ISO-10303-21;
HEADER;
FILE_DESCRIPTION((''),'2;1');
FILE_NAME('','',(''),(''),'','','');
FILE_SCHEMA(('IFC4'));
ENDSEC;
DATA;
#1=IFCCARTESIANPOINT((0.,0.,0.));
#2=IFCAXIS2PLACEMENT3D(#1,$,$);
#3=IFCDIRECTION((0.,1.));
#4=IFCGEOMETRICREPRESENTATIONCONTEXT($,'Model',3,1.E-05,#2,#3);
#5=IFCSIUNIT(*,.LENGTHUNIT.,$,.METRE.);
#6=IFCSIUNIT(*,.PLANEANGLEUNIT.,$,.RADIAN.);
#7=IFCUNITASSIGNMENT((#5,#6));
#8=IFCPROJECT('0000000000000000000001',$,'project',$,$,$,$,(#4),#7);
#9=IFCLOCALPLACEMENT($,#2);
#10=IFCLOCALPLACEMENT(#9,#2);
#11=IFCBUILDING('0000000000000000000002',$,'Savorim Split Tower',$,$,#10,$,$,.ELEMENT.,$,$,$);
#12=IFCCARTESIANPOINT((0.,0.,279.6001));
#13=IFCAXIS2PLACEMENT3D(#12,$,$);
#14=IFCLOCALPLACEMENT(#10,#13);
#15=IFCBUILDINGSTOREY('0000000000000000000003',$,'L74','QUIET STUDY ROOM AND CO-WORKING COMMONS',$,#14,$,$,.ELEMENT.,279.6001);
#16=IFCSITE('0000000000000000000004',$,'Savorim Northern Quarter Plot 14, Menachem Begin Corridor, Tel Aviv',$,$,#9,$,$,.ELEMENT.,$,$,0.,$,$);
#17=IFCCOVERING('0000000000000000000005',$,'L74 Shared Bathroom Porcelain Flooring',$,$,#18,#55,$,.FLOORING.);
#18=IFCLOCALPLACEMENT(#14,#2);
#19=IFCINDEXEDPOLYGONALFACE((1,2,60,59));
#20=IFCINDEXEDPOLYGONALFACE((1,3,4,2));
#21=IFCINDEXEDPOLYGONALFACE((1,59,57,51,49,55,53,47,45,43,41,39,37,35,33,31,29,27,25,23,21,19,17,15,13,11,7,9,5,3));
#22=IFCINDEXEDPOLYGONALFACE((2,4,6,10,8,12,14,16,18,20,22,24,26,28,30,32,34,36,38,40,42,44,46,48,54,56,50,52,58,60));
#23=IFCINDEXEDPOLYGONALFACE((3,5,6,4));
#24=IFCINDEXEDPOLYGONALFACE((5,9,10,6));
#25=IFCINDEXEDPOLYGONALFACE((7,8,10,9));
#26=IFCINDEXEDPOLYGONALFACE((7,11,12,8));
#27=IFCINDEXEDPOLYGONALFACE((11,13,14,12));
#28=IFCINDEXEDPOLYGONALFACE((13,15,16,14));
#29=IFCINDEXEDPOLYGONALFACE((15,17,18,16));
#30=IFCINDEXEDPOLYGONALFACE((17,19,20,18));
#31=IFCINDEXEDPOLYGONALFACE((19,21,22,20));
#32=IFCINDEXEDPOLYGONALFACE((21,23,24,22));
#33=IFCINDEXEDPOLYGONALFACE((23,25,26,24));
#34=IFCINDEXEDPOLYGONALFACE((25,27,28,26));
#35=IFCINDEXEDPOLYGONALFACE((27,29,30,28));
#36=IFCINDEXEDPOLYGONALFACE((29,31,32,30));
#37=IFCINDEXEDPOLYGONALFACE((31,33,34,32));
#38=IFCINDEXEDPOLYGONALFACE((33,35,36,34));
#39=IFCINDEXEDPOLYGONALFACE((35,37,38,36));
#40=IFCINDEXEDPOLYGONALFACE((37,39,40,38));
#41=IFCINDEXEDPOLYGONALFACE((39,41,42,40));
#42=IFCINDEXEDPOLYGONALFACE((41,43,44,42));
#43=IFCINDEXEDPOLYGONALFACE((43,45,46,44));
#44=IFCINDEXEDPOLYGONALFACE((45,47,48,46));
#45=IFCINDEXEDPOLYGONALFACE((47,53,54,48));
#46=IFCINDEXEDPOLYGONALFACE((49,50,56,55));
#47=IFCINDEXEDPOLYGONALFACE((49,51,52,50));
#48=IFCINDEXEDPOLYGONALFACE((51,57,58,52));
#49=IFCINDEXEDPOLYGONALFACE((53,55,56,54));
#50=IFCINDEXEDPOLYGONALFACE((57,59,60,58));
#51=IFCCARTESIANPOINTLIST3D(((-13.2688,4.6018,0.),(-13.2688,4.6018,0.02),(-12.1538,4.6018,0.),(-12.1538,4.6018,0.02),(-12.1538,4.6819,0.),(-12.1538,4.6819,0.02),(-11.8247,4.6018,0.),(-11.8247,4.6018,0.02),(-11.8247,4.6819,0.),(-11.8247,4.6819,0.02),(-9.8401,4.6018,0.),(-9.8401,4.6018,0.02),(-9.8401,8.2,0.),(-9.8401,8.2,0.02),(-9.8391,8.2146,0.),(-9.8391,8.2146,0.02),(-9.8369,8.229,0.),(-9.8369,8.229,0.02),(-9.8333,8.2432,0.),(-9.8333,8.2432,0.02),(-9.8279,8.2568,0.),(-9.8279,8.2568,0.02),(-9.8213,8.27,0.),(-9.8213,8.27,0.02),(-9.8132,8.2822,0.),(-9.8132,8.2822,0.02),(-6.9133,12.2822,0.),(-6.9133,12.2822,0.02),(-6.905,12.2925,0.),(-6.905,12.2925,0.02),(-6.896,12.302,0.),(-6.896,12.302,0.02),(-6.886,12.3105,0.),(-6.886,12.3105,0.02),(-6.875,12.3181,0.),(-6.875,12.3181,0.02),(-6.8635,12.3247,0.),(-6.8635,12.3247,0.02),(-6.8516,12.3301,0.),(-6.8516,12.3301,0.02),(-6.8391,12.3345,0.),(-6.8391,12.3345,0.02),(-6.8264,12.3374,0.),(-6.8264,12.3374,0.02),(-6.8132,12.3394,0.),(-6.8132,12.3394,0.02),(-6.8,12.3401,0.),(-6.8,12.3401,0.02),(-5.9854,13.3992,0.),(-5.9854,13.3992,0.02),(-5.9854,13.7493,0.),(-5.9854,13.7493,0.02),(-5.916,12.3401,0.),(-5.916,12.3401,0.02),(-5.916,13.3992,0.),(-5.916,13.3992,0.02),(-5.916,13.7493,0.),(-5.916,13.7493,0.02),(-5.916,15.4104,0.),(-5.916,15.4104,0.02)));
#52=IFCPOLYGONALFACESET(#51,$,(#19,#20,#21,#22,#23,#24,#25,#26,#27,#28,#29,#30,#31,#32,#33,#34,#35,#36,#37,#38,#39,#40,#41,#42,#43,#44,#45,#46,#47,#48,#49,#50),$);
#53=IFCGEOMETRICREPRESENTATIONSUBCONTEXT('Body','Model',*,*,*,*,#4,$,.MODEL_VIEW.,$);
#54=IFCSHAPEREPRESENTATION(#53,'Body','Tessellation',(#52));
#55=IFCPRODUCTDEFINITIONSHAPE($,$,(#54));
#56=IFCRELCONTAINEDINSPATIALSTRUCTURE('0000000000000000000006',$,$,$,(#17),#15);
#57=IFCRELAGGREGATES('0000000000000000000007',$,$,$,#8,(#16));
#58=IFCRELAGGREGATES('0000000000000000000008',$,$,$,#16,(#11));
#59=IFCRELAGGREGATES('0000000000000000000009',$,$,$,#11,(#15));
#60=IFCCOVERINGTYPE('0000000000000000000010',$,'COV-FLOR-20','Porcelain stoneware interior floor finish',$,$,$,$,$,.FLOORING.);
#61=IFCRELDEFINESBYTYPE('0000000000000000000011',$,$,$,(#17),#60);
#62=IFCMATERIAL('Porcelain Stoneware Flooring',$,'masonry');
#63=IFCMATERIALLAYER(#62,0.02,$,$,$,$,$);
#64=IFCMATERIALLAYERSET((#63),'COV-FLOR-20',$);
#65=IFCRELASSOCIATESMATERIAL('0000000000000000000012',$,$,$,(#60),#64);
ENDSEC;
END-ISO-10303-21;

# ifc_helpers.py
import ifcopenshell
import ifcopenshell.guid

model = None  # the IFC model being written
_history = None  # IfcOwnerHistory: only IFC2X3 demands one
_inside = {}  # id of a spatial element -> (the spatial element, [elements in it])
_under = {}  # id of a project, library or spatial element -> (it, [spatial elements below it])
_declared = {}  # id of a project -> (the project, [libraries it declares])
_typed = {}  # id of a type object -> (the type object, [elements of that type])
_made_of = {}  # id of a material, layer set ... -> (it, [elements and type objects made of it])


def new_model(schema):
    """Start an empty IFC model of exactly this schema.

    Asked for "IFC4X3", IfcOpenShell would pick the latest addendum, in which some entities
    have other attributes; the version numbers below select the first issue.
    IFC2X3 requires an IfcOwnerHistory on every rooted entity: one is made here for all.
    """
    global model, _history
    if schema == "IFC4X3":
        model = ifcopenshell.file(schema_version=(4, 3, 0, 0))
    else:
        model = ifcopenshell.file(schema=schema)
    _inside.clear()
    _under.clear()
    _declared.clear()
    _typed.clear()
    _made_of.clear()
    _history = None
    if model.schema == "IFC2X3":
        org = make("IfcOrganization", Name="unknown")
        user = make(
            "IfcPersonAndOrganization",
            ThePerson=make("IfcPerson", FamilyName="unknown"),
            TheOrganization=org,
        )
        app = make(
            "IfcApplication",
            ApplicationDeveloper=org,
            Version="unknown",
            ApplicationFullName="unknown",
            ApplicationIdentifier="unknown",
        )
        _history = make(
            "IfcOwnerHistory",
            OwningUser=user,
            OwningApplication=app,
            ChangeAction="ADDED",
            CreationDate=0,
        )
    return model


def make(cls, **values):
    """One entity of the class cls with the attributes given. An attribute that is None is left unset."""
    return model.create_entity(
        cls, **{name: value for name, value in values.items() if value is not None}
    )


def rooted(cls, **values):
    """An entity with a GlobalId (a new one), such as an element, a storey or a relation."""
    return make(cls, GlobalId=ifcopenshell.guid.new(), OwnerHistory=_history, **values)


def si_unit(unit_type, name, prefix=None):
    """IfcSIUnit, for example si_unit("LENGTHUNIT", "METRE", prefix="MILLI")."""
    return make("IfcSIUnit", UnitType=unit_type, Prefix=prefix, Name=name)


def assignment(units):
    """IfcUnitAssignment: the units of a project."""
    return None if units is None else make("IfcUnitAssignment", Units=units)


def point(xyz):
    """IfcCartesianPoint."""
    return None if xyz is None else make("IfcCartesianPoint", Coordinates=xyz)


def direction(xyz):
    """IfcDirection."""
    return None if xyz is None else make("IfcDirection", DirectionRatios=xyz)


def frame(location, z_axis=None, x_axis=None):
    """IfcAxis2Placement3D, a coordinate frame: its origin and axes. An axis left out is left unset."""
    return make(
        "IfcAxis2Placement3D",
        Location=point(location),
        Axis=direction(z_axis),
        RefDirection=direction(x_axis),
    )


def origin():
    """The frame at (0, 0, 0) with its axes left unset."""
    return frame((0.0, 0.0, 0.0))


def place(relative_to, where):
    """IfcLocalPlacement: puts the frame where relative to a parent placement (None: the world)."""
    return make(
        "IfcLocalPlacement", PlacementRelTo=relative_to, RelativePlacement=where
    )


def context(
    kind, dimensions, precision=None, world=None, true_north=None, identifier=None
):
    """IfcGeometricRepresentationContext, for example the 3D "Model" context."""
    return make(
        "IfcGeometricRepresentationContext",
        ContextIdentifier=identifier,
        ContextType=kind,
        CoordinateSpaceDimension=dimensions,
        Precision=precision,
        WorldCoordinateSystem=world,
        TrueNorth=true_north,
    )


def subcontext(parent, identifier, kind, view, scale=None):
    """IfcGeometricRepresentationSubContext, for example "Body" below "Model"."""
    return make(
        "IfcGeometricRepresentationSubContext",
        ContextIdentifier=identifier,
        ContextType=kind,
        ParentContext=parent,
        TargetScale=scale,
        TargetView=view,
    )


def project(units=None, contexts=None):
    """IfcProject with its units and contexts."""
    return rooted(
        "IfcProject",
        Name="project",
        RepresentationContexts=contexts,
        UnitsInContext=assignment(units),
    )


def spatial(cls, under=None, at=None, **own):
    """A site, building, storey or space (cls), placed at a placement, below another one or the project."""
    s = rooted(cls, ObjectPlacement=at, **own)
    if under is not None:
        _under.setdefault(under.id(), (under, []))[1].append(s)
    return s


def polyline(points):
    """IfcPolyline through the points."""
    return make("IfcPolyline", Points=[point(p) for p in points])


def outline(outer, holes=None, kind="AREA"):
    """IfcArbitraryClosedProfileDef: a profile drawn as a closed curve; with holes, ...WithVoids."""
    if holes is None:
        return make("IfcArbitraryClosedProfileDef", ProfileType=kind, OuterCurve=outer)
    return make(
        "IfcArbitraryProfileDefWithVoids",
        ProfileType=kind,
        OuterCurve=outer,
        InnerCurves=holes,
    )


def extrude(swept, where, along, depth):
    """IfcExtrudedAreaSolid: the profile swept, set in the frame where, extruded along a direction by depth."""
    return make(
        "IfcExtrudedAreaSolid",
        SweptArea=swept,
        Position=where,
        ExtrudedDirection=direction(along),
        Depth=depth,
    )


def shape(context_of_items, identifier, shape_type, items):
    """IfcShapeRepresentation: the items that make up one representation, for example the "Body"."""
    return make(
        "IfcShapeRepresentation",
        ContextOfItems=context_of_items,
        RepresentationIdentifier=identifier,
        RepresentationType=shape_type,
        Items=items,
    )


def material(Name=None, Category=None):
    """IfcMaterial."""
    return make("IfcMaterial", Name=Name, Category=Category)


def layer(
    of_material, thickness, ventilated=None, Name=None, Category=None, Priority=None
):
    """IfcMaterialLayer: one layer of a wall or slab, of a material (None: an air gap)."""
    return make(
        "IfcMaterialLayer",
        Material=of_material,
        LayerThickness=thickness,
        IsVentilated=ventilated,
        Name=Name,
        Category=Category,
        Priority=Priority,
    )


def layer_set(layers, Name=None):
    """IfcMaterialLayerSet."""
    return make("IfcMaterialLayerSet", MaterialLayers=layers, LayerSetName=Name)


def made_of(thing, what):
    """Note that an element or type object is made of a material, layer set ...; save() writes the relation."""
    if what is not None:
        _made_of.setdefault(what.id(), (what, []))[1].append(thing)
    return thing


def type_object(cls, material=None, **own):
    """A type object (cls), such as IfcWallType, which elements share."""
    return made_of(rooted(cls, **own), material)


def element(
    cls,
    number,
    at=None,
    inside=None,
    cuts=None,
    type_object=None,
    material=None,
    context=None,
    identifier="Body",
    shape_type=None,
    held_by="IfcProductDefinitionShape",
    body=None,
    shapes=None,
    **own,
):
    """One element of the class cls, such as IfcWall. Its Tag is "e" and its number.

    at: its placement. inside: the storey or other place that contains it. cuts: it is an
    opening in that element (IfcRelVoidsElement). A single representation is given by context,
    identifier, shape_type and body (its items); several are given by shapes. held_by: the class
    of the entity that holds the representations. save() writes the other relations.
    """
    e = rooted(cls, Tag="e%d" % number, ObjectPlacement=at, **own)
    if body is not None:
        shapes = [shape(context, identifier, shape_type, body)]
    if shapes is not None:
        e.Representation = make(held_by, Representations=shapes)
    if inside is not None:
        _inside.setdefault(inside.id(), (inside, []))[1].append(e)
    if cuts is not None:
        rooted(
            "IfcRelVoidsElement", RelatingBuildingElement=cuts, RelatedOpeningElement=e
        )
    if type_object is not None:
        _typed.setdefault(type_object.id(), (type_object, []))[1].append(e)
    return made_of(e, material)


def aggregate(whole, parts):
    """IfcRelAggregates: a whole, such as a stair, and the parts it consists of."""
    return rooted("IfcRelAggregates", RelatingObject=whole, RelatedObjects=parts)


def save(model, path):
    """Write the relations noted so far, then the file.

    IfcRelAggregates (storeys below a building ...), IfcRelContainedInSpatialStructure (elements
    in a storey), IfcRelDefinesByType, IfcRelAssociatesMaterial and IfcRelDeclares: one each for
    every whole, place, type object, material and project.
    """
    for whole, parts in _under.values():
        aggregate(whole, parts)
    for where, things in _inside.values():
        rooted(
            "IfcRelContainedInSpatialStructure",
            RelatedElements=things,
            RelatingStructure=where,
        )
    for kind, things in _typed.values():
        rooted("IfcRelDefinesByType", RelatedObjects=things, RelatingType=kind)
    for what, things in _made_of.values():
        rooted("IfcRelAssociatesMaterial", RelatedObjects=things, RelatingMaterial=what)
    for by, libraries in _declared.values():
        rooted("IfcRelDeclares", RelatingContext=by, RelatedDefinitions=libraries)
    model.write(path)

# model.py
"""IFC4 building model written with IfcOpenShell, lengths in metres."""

from ifc_helpers import new_model, si_unit, direction, frame, origin, place, context, subcontext, project, spatial, polyline, outline, extrude, material, layer, layer_set, type_object, element, save


model = new_model("IFC4")

# Units and contexts
model_context = context("Model", 3, precision=1e-05, world=origin(), true_north=direction((0.0, 1.0)))
body_context = subcontext(model_context, "Body", "Model", "MODEL_VIEW")
ifc_project = project(units=[si_unit("LENGTHUNIT", "METRE"), si_unit("PLANEANGLEUNIT", "RADIAN")], contexts=[model_context])

# Site, building, storey
site_placement = place(None, origin())
site = spatial("IfcSite", under=ifc_project, at=site_placement, Name="Savorim Northern Quarter Plot 14, Menachem Begin Corridor, Tel Aviv", CompositionType="ELEMENT", RefElevation=0.0)
building_placement = place(site_placement, origin())
building = spatial("IfcBuilding", under=site, at=building_placement, Name="Savorim Split Tower", CompositionType="ELEMENT")
storey_placement = place(building_placement, frame((0.0, 0.0, 279.6001)))
storey = spatial("IfcBuildingStorey", under=building, at=storey_placement, Name="L74", Description="QUIET STUDY ROOM AND CO-WORKING COMMONS", CompositionType="ELEMENT", Elevation=279.6001)

# Covering
ifc_material_1 = material(Name="Porcelain Stoneware Flooring", Category="masonry")
ifc_layer_1 = layer(ifc_material_1, 0.02)
ifc_layer_set_1 = layer_set([ifc_layer_1], Name="COV-FLOR-20")
covering_type_1 = type_object("IfcCoveringType", Name="COV-FLOR-20", Description="Porcelain stoneware interior floor finish", PredefinedType="FLOORING", material=ifc_layer_set_1)
covering_1_placement = place(storey_placement, origin())
element("IfcCovering", 1, at=covering_1_placement, inside=storey, type_object=covering_type_1, Name="L74 Shared Bathroom Porcelain Flooring", PredefinedType="FLOORING", context=body_context, shape_type="SweptSolid", body=[
    extrude(outline(polyline([(-6.8132, 12.3394), (-6.8, 12.3401), (-5.916, 12.3401), (-5.916, 13.3992), (-5.9854, 13.3992), (-5.9854, 13.7493), (-5.916, 13.7493), (-5.916, 15.4104), (-13.2688, 4.6018), (-12.1538, 4.6018), (-12.1538, 4.6819), (-11.8247, 4.6819), (-11.8247, 4.6018), (-9.8401, 4.6018), (-9.8401, 8.2), (-9.8391, 8.2146), (-9.8369, 8.229), (-9.8333, 8.2432), (-9.8279, 8.2568), (-9.8213, 8.27), (-9.8132, 8.2822), (-6.9133, 12.2822), (-6.905, 12.2925), (-6.896, 12.302), (-6.886, 12.3105), (-6.875, 12.3181), (-6.8635, 12.3247), (-6.8516, 12.3301), (-6.8391, 12.3345), (-6.8264, 12.3374), (-6.8132, 12.3394)])), origin(), (0.0, 0.0, 1.0), 0.02),
])

save(model, "model.ifc")
